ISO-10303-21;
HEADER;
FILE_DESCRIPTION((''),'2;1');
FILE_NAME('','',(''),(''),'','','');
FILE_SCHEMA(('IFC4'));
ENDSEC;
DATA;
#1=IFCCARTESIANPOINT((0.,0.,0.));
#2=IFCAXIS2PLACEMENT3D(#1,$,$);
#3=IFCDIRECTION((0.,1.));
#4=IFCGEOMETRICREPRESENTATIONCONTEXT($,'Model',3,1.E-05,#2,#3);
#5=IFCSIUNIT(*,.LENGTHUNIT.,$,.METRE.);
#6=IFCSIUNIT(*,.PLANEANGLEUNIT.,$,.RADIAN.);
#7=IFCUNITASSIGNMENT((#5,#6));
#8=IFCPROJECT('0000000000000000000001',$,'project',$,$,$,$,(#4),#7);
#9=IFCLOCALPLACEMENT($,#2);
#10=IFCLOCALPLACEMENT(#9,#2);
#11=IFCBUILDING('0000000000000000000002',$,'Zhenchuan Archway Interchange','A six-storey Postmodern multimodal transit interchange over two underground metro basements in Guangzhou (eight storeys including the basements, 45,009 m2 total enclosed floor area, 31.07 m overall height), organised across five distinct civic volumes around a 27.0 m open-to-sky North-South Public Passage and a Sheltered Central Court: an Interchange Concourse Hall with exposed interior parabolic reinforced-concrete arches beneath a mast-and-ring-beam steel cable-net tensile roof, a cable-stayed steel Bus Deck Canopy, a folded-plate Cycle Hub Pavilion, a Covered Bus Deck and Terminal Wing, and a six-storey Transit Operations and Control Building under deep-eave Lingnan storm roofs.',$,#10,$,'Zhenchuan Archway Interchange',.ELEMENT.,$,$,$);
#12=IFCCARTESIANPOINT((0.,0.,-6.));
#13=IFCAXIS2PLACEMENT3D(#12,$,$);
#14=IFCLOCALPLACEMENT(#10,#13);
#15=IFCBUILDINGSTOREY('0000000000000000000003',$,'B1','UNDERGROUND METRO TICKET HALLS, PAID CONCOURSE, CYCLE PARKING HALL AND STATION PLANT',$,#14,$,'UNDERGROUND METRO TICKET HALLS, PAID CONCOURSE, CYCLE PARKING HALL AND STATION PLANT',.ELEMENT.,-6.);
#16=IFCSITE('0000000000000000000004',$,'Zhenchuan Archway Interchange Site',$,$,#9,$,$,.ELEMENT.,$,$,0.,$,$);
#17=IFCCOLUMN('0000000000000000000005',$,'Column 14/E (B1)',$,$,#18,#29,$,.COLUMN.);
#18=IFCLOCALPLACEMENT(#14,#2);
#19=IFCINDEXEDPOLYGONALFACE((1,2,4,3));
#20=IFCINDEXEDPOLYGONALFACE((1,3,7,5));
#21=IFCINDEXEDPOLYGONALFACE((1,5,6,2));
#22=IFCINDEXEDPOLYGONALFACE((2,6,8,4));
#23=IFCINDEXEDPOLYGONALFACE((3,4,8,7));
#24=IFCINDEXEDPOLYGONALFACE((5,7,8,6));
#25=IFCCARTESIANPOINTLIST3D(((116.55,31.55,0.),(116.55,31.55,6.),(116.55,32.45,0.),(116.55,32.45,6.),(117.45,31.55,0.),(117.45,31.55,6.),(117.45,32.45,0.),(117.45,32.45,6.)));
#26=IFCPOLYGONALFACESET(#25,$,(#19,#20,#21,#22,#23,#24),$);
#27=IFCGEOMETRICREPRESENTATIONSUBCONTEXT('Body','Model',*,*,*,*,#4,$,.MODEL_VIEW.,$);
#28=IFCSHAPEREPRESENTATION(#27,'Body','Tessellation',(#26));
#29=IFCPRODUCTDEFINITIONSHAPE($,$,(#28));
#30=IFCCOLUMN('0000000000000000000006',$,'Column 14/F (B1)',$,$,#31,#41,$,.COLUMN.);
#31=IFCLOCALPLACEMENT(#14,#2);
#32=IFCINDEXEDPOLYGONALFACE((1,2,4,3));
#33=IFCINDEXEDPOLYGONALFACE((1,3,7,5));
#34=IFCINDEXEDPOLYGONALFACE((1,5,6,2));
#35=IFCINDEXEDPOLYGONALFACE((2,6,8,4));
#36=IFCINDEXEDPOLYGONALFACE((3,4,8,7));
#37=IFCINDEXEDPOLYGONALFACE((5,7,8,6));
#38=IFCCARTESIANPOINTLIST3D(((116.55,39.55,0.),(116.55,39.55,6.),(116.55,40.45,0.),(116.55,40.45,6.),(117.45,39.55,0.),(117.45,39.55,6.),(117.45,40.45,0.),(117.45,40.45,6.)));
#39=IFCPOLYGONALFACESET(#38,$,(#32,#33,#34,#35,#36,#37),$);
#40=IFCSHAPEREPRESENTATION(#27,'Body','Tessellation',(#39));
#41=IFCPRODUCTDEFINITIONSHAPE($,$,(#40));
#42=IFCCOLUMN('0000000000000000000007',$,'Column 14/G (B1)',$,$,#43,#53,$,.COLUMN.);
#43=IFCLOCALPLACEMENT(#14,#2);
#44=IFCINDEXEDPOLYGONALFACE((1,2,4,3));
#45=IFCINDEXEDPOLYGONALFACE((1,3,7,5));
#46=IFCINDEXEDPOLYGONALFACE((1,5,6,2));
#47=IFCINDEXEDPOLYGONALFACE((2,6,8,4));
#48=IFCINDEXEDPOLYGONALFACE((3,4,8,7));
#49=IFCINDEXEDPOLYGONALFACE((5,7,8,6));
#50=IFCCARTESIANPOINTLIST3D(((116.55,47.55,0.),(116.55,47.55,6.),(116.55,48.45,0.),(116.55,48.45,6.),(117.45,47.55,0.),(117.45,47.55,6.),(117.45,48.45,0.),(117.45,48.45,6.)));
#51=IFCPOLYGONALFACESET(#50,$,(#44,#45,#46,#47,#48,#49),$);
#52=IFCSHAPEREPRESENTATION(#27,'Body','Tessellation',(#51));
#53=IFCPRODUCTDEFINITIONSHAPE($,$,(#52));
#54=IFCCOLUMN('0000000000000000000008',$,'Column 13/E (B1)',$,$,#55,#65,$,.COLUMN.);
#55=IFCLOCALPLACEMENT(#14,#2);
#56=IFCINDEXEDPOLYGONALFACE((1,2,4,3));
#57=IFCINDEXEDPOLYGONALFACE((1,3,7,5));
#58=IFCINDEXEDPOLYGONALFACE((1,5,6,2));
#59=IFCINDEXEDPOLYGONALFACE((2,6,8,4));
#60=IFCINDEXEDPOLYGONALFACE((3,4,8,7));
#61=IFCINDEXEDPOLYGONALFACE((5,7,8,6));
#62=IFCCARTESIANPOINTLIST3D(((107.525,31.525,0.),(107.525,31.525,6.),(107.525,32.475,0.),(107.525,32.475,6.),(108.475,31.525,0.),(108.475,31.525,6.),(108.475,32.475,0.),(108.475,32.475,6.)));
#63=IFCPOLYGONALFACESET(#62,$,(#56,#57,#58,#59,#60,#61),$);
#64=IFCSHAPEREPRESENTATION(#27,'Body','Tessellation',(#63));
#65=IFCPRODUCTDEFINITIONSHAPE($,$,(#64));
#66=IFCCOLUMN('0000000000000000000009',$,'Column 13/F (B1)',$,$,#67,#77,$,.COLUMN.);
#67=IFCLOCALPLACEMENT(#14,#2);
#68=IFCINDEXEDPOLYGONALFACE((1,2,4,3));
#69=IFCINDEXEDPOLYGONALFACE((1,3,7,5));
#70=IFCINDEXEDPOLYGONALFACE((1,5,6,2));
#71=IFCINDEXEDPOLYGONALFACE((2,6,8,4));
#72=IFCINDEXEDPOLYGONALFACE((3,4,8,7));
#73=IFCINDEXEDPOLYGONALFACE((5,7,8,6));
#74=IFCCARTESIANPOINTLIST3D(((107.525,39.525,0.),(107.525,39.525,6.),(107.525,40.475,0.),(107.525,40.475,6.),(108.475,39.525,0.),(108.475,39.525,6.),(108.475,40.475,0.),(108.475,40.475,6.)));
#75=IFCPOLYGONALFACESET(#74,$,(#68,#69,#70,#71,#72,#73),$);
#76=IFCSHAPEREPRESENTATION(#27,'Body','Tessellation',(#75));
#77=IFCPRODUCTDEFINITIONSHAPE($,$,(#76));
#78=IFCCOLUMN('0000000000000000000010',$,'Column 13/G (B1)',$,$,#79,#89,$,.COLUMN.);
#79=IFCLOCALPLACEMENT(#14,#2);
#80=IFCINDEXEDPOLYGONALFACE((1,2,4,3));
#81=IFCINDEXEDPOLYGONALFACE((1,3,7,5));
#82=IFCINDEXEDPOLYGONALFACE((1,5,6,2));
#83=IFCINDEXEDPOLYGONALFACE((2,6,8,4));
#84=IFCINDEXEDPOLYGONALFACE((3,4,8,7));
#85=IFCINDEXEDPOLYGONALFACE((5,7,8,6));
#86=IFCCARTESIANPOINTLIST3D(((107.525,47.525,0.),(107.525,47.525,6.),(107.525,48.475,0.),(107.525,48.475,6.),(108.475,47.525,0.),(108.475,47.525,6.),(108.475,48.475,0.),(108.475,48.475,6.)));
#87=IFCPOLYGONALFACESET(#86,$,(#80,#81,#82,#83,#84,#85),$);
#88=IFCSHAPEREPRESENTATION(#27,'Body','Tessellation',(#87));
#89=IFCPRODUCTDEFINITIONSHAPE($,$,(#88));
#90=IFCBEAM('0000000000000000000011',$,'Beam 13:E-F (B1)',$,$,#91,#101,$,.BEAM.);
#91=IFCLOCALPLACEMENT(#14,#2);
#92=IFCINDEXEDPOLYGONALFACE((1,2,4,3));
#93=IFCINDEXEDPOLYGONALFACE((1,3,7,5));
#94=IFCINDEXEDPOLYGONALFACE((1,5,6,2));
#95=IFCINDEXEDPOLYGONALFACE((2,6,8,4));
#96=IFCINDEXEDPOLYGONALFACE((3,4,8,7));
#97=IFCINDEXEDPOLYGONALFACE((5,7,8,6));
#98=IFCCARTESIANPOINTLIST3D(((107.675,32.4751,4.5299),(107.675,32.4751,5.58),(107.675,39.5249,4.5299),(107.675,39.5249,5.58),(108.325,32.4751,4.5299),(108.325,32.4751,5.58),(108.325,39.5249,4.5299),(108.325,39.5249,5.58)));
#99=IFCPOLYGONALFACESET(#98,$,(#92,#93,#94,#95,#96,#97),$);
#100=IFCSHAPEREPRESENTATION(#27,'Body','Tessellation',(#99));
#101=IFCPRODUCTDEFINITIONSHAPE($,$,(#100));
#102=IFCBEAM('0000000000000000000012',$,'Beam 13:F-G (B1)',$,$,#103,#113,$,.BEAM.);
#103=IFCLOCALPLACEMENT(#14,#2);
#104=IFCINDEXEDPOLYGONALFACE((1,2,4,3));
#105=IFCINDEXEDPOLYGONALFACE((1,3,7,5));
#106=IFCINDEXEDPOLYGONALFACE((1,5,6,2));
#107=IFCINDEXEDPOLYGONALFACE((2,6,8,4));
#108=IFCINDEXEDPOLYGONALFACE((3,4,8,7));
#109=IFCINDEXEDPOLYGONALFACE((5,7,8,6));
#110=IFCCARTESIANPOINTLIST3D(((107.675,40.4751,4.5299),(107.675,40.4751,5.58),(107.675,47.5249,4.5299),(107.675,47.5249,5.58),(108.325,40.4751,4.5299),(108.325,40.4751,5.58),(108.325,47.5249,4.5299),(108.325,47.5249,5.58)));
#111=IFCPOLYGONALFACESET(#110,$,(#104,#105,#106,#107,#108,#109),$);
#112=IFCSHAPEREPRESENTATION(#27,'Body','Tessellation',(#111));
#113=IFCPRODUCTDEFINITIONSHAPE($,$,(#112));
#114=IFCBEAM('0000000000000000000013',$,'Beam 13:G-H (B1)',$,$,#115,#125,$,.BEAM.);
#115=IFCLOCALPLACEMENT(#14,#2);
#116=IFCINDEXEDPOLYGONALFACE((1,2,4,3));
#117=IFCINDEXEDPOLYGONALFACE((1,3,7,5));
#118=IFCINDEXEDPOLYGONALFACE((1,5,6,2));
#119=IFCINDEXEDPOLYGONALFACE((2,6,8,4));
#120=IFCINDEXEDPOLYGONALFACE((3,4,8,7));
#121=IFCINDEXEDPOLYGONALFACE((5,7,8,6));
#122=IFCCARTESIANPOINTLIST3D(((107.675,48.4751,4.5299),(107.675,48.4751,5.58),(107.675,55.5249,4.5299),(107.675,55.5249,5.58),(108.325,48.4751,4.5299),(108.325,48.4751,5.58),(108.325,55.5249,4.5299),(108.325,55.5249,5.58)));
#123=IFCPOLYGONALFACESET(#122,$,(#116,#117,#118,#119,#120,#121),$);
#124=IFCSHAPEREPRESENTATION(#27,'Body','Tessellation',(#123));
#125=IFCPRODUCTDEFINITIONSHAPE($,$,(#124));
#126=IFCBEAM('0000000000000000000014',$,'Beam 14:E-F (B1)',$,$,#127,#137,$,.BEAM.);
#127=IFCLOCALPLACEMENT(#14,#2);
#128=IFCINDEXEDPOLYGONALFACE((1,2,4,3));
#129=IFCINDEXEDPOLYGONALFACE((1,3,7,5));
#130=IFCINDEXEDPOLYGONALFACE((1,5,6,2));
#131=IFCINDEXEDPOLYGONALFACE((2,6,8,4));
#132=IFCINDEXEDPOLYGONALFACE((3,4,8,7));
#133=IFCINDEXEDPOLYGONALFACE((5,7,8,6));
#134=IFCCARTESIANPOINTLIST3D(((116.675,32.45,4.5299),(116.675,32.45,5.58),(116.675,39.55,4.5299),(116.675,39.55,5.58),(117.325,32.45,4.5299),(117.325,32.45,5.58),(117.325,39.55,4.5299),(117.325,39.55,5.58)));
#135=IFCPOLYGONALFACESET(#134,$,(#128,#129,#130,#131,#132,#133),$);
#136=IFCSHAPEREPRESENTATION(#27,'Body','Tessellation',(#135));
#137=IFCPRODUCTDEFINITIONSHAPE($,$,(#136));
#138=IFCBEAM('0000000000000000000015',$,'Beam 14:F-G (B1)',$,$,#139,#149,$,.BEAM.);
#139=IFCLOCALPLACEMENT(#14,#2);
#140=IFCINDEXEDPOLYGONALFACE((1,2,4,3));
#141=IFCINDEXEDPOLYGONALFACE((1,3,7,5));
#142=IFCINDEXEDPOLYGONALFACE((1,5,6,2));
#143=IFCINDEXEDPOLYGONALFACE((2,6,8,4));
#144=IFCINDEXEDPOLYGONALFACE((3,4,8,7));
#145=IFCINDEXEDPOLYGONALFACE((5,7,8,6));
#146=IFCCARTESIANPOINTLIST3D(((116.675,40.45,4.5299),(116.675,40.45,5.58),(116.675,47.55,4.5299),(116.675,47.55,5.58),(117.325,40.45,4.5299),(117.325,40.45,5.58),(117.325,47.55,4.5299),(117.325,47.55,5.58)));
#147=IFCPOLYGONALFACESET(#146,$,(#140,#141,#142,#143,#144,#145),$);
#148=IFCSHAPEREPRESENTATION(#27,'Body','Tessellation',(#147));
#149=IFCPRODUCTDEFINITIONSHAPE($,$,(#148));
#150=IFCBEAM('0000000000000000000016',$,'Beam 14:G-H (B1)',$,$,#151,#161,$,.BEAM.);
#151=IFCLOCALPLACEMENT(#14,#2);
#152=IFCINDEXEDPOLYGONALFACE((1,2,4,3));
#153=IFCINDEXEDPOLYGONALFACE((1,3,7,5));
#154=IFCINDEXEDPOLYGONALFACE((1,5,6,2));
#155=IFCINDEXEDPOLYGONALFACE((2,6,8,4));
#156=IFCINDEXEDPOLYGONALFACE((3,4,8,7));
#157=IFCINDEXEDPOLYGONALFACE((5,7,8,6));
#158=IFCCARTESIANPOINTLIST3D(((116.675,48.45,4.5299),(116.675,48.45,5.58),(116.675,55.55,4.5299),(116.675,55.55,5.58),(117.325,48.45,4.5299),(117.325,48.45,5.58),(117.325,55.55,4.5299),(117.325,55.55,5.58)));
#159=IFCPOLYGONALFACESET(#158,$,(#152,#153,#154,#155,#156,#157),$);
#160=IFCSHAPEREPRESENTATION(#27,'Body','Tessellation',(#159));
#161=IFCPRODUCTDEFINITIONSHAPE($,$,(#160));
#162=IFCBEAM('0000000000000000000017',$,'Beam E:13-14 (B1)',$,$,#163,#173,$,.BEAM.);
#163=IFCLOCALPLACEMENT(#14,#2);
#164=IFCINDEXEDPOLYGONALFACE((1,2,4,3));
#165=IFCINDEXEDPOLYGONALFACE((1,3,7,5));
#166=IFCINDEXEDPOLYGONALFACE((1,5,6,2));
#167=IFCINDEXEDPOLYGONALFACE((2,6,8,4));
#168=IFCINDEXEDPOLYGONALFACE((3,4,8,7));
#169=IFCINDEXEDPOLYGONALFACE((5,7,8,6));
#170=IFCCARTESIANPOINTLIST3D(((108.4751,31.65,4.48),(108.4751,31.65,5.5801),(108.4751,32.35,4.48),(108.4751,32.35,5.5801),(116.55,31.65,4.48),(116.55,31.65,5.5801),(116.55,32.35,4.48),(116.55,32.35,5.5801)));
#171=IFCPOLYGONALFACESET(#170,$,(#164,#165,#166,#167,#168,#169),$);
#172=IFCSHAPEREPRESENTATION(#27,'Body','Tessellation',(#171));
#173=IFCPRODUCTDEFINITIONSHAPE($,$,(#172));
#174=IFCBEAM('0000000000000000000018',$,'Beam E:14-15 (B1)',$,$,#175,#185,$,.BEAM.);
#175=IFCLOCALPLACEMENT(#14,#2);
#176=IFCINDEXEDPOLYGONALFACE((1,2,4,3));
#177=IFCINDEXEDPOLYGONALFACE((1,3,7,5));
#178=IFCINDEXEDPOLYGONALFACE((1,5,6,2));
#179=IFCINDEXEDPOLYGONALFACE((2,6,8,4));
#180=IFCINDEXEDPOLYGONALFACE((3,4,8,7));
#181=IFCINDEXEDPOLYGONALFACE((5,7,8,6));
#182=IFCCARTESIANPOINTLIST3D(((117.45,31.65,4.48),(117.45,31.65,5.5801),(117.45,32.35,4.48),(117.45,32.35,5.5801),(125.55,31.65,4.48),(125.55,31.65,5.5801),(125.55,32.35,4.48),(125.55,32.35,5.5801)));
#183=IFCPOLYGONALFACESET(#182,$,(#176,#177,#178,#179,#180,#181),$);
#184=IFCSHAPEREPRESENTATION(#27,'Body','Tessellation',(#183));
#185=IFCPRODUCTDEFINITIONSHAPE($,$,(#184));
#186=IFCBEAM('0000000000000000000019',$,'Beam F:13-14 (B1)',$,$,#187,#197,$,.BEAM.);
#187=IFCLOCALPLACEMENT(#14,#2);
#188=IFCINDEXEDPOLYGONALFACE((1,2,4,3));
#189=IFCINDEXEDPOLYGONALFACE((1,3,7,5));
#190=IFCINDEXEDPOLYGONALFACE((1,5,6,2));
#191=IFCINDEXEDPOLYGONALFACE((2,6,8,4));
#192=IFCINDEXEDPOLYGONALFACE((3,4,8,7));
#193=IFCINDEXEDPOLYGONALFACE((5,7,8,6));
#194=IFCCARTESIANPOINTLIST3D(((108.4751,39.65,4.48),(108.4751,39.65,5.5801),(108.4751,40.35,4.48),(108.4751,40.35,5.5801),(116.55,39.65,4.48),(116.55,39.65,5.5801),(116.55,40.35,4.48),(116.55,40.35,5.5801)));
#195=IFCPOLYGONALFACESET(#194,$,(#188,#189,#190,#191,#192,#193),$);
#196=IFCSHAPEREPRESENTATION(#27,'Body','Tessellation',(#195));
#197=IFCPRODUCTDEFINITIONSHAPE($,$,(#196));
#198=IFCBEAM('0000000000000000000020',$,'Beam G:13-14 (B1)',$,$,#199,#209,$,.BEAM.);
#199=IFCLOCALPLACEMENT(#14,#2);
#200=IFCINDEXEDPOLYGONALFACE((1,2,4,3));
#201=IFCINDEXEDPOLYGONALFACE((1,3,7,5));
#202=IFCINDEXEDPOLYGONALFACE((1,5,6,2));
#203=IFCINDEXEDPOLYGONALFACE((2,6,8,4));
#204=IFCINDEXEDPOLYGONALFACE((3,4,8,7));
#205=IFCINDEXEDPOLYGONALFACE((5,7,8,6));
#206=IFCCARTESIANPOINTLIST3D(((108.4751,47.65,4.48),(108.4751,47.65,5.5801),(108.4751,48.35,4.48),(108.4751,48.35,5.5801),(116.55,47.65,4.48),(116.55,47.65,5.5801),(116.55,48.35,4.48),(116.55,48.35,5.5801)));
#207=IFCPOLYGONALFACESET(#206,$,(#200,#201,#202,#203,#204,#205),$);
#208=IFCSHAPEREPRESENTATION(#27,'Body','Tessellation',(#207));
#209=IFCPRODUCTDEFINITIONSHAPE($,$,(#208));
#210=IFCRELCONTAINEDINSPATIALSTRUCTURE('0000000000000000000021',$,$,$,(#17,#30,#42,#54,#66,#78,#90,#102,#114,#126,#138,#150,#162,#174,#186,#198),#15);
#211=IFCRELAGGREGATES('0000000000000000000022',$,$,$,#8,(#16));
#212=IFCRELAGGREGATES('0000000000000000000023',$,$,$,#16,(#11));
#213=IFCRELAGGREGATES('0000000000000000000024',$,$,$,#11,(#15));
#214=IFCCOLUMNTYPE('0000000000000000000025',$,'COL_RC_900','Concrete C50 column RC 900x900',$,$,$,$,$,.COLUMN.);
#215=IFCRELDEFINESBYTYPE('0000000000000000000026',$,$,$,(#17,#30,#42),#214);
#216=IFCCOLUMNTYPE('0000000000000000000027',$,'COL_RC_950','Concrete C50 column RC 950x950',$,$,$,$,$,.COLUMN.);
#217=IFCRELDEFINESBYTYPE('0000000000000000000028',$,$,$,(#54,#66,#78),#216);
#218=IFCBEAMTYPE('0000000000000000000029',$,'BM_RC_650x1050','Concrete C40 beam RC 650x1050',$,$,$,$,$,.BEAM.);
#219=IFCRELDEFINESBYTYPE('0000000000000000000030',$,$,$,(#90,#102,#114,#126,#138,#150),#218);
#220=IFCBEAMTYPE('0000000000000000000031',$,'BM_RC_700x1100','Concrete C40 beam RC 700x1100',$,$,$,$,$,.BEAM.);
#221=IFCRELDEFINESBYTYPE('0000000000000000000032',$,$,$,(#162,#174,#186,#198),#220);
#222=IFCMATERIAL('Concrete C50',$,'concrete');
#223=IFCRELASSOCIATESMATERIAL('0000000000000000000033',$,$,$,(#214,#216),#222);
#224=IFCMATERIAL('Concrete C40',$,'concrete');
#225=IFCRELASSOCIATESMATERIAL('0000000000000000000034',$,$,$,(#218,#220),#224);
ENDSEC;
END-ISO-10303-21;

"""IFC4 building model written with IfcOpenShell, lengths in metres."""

from ifc_helpers import new_model, si_unit, direction, frame, origin, origin_2d, place, context, subcontext, project, spatial, rectangle, extrude, material, material_profile, profile_set, type_object, element, save


model = new_model("IFC4")

# Units and contexts
model_context = context("Model", 3, precision=1e-05, world=origin(), true_north=direction((0.0, 1.0)))
body_context = subcontext(model_context, "Body", "Model", "MODEL_VIEW")
ifc_project = project(units=[si_unit("LENGTHUNIT", "METRE"), si_unit("PLANEANGLEUNIT", "RADIAN")], contexts=[model_context])

# Site, building, storey
site_placement = place(None, origin())
site = spatial("IfcSite", under=ifc_project, at=site_placement, Name="Zhenchuan Archway Interchange Site", CompositionType="ELEMENT", RefElevation=0.0)
building_placement = place(site_placement, origin())
building = spatial("IfcBuilding", under=site, at=building_placement, Name="Zhenchuan Archway Interchange", Description="A six-storey Postmodern multimodal transit interchange over two underground metro basements in Guangzhou (eight storeys including the basements, 45,009 m2 total enclosed floor area, 31.07 m overall height), organised across five distinct civic volumes around a 27.0 m open-to-sky North-South Public Passage and a Sheltered Central Court: an Interchange Concourse Hall with exposed interior parabolic reinforced-concrete arches beneath a mast-and-ring-beam steel cable-net tensile roof, a cable-stayed steel Bus Deck Canopy, a folded-plate Cycle Hub Pavilion, a Covered Bus Deck and Terminal Wing, and a six-storey Transit Operations and Control Building under deep-eave Lingnan storm roofs.", LongName="Zhenchuan Archway Interchange", CompositionType="ELEMENT")
storey_placement = place(building_placement, frame((0.0, 0.0, -6.0)))
storey = spatial("IfcBuildingStorey", under=building, at=storey_placement, Name="B1", Description="UNDERGROUND METRO TICKET HALLS, PAID CONCOURSE, CYCLE PARKING HALL AND STATION PLANT", LongName="UNDERGROUND METRO TICKET HALLS, PAID CONCOURSE, CYCLE PARKING HALL AND STATION PLANT", CompositionType="ELEMENT", Elevation=-6.0)

# Columns
ifc_material_1 = material(Name="Concrete C50", Category="concrete")
ifc_material_profile_1 = material_profile(ifc_material_1, rectangle(XDim=0.8999, YDim=0.8999, at=origin_2d()), Name="RC 900x900")
ifc_profile_set_1 = profile_set([ifc_material_profile_1], Name="Concrete C50")
column_type_1 = type_object("IfcColumnType", Name="COL_RC_900", Description="Concrete C50 column RC 900x900", PredefinedType="COLUMN", material=ifc_profile_set_1)
for number, where, z_axis, x_axis, name in (
    (1, (117.0, 32.0, 0.0), (0.0, 0.0, 1.0), (1.0, 0.0, 0.0), "Column 14/E (B1)"),
    (2, (117.0, 40.0, 0.0), (0.0, 0.0, 1.0), (1.0, 0.0, 0.0), "Column 14/F (B1)"),
    (3, (117.0, 48.0, 0.0), (0.0, 0.0, 1.0), (1.0, 0.0, 0.0), "Column 14/G (B1)"),
):
    element("IfcColumn", number, at=place(storey_placement, frame(where, z_axis=z_axis, x_axis=x_axis)), inside=storey, type_object=column_type_1, Name=name, PredefinedType="COLUMN", context=body_context, shape_type="SweptSolid", body=[
        extrude(rectangle(XDim=0.8999, YDim=0.8999, at=origin_2d()), origin(), (0.0, 0.0, 1.0), 6.0),
    ])
ifc_material_profile_2 = material_profile(ifc_material_1, rectangle(XDim=0.95, YDim=0.95, at=origin_2d()), Name="RC 950x950")
ifc_profile_set_2 = profile_set([ifc_material_profile_2], Name="Concrete C50")
column_type_2 = type_object("IfcColumnType", Name="COL_RC_950", Description="Concrete C50 column RC 950x950", PredefinedType="COLUMN", material=ifc_profile_set_2)
for number, where, z_axis, x_axis, name in (
    (4, (108.0, 32.0, 0.0), (0.0, 0.0, 1.0), (1.0, 0.0, 0.0), "Column 13/E (B1)"),
    (5, (108.0, 40.0, 0.0), (0.0, 0.0, 1.0), (1.0, 0.0, 0.0), "Column 13/F (B1)"),
    (6, (108.0, 48.0, 0.0), (0.0, 0.0, 1.0), (1.0, 0.0, 0.0), "Column 13/G (B1)"),
):
    element("IfcColumn", number, at=place(storey_placement, frame(where, z_axis=z_axis, x_axis=x_axis)), inside=storey, type_object=column_type_2, Name=name, PredefinedType="COLUMN", context=body_context, shape_type="SweptSolid", body=[
        extrude(rectangle(XDim=0.95, YDim=0.95, at=origin_2d()), origin(), (0.0, 0.0, 1.0), 6.0),
    ])

# Beams
ifc_material_2 = material(Name="Concrete C40", Category="concrete")
ifc_material_profile_3 = material_profile(ifc_material_2, rectangle(XDim=0.6499, YDim=1.05, at=origin_2d()), Name="RC 650x1050")
ifc_profile_set_3 = profile_set([ifc_material_profile_3], Name="Concrete C40")
beam_type_1 = type_object("IfcBeamType", Name="BM_RC_650x1050", Description="Concrete C40 beam RC 650x1050", PredefinedType="BEAM", material=ifc_profile_set_3)
for number, where, z_axis, x_axis, name in (
    (7, (108.0, 32.4751, 5.0549), (0.0, 1.0, 0.0), (-1.0, 0.0, 0.0), "Beam 13:E-F (B1)"),
    (8, (108.0, 40.4751, 5.0549), (0.0, 1.0, 0.0), (-1.0, 0.0, 0.0), "Beam 13:F-G (B1)"),
    (9, (108.0, 48.4751, 5.0549), (0.0, 1.0, 0.0), (-1.0, 0.0, 0.0), "Beam 13:G-H (B1)"),
):
    element("IfcBeam", number, at=place(storey_placement, frame(where, z_axis=z_axis, x_axis=x_axis)), inside=storey, type_object=beam_type_1, Name=name, PredefinedType="BEAM", context=body_context, shape_type="SweptSolid", body=[
        extrude(rectangle(XDim=0.6499, YDim=1.05, at=origin_2d()), origin(), (0.0, 0.0, 1.0), 7.0498),
    ])
for number, where, z_axis, x_axis, name in (
    (10, (117.0, 32.45, 5.0549), (0.0, 1.0, 0.0), (-1.0, 0.0, 0.0), "Beam 14:E-F (B1)"),
    (11, (117.0, 40.45, 5.0549), (0.0, 1.0, 0.0), (-1.0, 0.0, 0.0), "Beam 14:F-G (B1)"),
    (12, (117.0, 48.45, 5.0549), (0.0, 1.0, 0.0), (-1.0, 0.0, 0.0), "Beam 14:G-H (B1)"),
):
    element("IfcBeam", number, at=place(storey_placement, frame(where, z_axis=z_axis, x_axis=x_axis)), inside=storey, type_object=beam_type_1, Name=name, PredefinedType="BEAM", context=body_context, shape_type="SweptSolid", body=[
        extrude(rectangle(XDim=0.6499, YDim=1.05, at=origin_2d()), origin(), (0.0, 0.0, 1.0), 7.1001),
    ])
ifc_material_profile_4 = material_profile(ifc_material_2, rectangle(XDim=0.7, YDim=1.1001, at=origin_2d()), Name="RC 700x1100")
ifc_profile_set_4 = profile_set([ifc_material_profile_4], Name="Concrete C40")
beam_type_2 = type_object("IfcBeamType", Name="BM_RC_700x1100", Description="Concrete C40 beam RC 700x1100", PredefinedType="BEAM", material=ifc_profile_set_4)
beam_1_placement = place(storey_placement, frame((108.4751, 32.0, 5.03), z_axis=(1.0, 0.0, 0.0), x_axis=(0.0, 1.0, 0.0)))
element("IfcBeam", 13, at=beam_1_placement, inside=storey, type_object=beam_type_2, Name="Beam E:13-14 (B1)", PredefinedType="BEAM", context=body_context, shape_type="SweptSolid", body=[
    extrude(rectangle(XDim=0.7, YDim=1.1001, at=origin_2d()), origin(), (0.0, 0.0, 1.0), 8.075),
])
beam_2_placement = place(storey_placement, frame((117.45, 32.0, 5.03), z_axis=(1.0, 0.0, 0.0), x_axis=(0.0, 1.0, 0.0)))
element("IfcBeam", 14, at=beam_2_placement, inside=storey, type_object=beam_type_2, Name="Beam E:14-15 (B1)", PredefinedType="BEAM", context=body_context, shape_type="SweptSolid", body=[
    extrude(rectangle(XDim=0.7, YDim=1.1001, at=origin_2d()), origin(), (0.0, 0.0, 1.0), 8.1001),
])
for number, where, z_axis, x_axis, name in (
    (15, (108.4751, 40.0, 5.03), (1.0, 0.0, 0.0), (0.0, 1.0, 0.0), "Beam F:13-14 (B1)"),
    (16, (108.4751, 48.0, 5.03), (1.0, 0.0, 0.0), (0.0, 1.0, 0.0), "Beam G:13-14 (B1)"),
):
    element("IfcBeam", number, at=place(storey_placement, frame(where, z_axis=z_axis, x_axis=x_axis)), inside=storey, type_object=beam_type_2, Name=name, PredefinedType="BEAM", context=body_context, shape_type="SweptSolid", body=[
        extrude(rectangle(XDim=0.7, YDim=1.1001, at=origin_2d()), origin(), (0.0, 0.0, 1.0), 8.075),
    ])

save(model, "model.ifc")
